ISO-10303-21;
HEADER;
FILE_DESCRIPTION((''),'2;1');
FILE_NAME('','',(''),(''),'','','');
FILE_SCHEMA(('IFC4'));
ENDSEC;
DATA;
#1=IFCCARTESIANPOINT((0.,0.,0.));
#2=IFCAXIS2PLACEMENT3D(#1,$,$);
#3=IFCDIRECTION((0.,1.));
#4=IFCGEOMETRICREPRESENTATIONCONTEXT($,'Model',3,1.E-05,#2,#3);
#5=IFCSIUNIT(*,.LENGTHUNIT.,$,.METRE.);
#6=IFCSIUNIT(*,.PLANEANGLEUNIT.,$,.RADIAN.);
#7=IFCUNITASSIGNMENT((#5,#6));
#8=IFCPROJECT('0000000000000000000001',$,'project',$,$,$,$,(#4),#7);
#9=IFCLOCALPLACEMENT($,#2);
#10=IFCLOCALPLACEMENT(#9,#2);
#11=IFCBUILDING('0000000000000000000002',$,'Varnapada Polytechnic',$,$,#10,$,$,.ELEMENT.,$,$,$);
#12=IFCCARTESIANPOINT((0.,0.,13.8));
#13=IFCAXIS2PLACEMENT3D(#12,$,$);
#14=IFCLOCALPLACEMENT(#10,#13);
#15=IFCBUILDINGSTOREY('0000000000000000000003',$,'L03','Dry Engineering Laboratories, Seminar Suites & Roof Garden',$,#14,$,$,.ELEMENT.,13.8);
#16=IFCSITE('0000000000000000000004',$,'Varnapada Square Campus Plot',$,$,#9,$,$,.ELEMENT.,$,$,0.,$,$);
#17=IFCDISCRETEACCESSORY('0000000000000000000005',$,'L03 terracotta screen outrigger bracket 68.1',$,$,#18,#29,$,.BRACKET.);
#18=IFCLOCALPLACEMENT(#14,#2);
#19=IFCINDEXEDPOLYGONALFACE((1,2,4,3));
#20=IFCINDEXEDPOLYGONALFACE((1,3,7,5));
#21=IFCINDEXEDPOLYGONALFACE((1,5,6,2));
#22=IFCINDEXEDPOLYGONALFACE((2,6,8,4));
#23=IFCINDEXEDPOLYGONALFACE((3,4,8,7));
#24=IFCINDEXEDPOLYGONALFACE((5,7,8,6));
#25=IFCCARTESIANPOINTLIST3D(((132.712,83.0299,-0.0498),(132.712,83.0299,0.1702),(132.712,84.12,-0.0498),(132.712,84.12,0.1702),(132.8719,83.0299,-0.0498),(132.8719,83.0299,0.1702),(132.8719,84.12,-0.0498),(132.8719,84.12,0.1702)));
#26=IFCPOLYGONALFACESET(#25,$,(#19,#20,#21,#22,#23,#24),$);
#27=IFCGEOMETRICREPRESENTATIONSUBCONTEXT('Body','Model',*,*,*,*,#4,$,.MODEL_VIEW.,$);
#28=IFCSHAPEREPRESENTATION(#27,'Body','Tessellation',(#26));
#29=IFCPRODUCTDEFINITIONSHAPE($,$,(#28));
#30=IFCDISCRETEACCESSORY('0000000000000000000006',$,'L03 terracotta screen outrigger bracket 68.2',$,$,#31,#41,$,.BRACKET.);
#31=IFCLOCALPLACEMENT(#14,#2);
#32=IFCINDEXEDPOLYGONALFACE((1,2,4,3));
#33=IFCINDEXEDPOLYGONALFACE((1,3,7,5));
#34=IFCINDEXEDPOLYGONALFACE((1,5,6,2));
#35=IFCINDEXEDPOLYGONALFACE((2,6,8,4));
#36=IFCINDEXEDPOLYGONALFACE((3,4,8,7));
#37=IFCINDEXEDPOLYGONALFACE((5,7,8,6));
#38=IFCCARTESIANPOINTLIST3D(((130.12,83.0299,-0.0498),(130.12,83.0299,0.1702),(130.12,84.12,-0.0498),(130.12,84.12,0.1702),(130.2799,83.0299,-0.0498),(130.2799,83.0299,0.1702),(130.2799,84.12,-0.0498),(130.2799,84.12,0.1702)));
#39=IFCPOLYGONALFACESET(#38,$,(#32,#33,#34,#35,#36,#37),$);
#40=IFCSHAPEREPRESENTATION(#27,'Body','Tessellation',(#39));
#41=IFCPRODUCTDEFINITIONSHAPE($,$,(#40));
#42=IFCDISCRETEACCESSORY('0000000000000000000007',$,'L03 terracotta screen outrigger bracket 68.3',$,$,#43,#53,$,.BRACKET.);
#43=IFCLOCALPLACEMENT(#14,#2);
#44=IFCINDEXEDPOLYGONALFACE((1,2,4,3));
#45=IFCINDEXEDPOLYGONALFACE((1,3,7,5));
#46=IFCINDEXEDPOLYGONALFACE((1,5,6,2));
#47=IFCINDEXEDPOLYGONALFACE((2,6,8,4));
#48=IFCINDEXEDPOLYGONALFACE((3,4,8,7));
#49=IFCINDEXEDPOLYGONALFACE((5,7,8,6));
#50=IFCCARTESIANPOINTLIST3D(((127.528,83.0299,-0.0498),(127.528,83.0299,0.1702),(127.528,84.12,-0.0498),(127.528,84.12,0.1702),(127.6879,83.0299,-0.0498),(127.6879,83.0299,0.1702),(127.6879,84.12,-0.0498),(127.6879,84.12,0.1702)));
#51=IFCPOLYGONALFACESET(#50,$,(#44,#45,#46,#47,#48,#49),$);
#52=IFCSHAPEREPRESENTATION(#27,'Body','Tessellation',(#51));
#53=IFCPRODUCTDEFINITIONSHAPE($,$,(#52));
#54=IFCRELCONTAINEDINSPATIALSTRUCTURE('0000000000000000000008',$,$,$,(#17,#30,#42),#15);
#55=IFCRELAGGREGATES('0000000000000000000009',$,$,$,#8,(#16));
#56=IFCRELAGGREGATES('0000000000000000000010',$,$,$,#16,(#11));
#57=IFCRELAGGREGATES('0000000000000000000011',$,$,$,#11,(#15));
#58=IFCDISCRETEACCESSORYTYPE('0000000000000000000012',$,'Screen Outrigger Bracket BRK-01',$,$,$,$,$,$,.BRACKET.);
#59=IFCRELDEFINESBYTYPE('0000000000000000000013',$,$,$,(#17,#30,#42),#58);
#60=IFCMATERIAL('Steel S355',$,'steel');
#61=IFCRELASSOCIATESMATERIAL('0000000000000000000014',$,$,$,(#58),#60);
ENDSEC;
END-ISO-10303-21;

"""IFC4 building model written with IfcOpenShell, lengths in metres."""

from ifc_helpers import new_model, si_unit, direction, frame, origin, origin_2d, place, context, subcontext, project, spatial, rectangle, extrude, material, type_object, element, save


model = new_model("IFC4")

# Units and contexts
model_context = context("Model", 3, precision=1e-05, world=origin(), true_north=direction((0.0, 1.0)))
body_context = subcontext(model_context, "Body", "Model", "MODEL_VIEW")
ifc_project = project(units=[si_unit("LENGTHUNIT", "METRE"), si_unit("PLANEANGLEUNIT", "RADIAN")], contexts=[model_context])

# Site, building, storey
site_placement = place(None, origin())
site = spatial("IfcSite", under=ifc_project, at=site_placement, Name="Varnapada Square Campus Plot", CompositionType="ELEMENT", RefElevation=0.0)
building_placement = place(site_placement, origin())
building = spatial("IfcBuilding", under=site, at=building_placement, Name="Varnapada Polytechnic", CompositionType="ELEMENT")
storey_placement = place(building_placement, frame((0.0, 0.0, 13.8)))
storey = spatial("IfcBuildingStorey", under=building, at=storey_placement, Name="L03", Description="Dry Engineering Laboratories, Seminar Suites & Roof Garden", CompositionType="ELEMENT", Elevation=13.8)

# Discrete accessories
ifc_material_1 = material(Name="Steel S355", Category="steel")
discrete_accessory_type = type_object("IfcDiscreteAccessoryType", Name="Screen Outrigger Bracket BRK-01", PredefinedType="BRACKET", material=ifc_material_1)
for number, where, z_axis, x_axis, name in (
    (1, (132.792, 83.575, -0.0498), (0.0, 0.0, 1.0), (-1.0, 0.0, 0.0), "L03 terracotta screen outrigger bracket 68.1"),
    (2, (130.2, 83.575, -0.0498), (0.0, 0.0, 1.0), (-1.0, 0.0, 0.0), "L03 terracotta screen outrigger bracket 68.2"),
    (3, (127.6079, 83.575, -0.0498), (0.0, 0.0, 1.0), (-1.0, 0.0, 0.0), "L03 terracotta screen outrigger bracket 68.3"),
):
    element("IfcDiscreteAccessory", number, at=place(storey_placement, frame(where, z_axis=z_axis, x_axis=x_axis)), inside=storey, type_object=discrete_accessory_type, Name=name, PredefinedType="BRACKET", context=body_context, shape_type="SweptSolid", body=[
        extrude(rectangle(XDim=0.1599, YDim=1.0901, at=origin_2d()), origin(), (0.0, 0.0, 1.0), 0.22),
    ])

save(model, "model.ifc")
